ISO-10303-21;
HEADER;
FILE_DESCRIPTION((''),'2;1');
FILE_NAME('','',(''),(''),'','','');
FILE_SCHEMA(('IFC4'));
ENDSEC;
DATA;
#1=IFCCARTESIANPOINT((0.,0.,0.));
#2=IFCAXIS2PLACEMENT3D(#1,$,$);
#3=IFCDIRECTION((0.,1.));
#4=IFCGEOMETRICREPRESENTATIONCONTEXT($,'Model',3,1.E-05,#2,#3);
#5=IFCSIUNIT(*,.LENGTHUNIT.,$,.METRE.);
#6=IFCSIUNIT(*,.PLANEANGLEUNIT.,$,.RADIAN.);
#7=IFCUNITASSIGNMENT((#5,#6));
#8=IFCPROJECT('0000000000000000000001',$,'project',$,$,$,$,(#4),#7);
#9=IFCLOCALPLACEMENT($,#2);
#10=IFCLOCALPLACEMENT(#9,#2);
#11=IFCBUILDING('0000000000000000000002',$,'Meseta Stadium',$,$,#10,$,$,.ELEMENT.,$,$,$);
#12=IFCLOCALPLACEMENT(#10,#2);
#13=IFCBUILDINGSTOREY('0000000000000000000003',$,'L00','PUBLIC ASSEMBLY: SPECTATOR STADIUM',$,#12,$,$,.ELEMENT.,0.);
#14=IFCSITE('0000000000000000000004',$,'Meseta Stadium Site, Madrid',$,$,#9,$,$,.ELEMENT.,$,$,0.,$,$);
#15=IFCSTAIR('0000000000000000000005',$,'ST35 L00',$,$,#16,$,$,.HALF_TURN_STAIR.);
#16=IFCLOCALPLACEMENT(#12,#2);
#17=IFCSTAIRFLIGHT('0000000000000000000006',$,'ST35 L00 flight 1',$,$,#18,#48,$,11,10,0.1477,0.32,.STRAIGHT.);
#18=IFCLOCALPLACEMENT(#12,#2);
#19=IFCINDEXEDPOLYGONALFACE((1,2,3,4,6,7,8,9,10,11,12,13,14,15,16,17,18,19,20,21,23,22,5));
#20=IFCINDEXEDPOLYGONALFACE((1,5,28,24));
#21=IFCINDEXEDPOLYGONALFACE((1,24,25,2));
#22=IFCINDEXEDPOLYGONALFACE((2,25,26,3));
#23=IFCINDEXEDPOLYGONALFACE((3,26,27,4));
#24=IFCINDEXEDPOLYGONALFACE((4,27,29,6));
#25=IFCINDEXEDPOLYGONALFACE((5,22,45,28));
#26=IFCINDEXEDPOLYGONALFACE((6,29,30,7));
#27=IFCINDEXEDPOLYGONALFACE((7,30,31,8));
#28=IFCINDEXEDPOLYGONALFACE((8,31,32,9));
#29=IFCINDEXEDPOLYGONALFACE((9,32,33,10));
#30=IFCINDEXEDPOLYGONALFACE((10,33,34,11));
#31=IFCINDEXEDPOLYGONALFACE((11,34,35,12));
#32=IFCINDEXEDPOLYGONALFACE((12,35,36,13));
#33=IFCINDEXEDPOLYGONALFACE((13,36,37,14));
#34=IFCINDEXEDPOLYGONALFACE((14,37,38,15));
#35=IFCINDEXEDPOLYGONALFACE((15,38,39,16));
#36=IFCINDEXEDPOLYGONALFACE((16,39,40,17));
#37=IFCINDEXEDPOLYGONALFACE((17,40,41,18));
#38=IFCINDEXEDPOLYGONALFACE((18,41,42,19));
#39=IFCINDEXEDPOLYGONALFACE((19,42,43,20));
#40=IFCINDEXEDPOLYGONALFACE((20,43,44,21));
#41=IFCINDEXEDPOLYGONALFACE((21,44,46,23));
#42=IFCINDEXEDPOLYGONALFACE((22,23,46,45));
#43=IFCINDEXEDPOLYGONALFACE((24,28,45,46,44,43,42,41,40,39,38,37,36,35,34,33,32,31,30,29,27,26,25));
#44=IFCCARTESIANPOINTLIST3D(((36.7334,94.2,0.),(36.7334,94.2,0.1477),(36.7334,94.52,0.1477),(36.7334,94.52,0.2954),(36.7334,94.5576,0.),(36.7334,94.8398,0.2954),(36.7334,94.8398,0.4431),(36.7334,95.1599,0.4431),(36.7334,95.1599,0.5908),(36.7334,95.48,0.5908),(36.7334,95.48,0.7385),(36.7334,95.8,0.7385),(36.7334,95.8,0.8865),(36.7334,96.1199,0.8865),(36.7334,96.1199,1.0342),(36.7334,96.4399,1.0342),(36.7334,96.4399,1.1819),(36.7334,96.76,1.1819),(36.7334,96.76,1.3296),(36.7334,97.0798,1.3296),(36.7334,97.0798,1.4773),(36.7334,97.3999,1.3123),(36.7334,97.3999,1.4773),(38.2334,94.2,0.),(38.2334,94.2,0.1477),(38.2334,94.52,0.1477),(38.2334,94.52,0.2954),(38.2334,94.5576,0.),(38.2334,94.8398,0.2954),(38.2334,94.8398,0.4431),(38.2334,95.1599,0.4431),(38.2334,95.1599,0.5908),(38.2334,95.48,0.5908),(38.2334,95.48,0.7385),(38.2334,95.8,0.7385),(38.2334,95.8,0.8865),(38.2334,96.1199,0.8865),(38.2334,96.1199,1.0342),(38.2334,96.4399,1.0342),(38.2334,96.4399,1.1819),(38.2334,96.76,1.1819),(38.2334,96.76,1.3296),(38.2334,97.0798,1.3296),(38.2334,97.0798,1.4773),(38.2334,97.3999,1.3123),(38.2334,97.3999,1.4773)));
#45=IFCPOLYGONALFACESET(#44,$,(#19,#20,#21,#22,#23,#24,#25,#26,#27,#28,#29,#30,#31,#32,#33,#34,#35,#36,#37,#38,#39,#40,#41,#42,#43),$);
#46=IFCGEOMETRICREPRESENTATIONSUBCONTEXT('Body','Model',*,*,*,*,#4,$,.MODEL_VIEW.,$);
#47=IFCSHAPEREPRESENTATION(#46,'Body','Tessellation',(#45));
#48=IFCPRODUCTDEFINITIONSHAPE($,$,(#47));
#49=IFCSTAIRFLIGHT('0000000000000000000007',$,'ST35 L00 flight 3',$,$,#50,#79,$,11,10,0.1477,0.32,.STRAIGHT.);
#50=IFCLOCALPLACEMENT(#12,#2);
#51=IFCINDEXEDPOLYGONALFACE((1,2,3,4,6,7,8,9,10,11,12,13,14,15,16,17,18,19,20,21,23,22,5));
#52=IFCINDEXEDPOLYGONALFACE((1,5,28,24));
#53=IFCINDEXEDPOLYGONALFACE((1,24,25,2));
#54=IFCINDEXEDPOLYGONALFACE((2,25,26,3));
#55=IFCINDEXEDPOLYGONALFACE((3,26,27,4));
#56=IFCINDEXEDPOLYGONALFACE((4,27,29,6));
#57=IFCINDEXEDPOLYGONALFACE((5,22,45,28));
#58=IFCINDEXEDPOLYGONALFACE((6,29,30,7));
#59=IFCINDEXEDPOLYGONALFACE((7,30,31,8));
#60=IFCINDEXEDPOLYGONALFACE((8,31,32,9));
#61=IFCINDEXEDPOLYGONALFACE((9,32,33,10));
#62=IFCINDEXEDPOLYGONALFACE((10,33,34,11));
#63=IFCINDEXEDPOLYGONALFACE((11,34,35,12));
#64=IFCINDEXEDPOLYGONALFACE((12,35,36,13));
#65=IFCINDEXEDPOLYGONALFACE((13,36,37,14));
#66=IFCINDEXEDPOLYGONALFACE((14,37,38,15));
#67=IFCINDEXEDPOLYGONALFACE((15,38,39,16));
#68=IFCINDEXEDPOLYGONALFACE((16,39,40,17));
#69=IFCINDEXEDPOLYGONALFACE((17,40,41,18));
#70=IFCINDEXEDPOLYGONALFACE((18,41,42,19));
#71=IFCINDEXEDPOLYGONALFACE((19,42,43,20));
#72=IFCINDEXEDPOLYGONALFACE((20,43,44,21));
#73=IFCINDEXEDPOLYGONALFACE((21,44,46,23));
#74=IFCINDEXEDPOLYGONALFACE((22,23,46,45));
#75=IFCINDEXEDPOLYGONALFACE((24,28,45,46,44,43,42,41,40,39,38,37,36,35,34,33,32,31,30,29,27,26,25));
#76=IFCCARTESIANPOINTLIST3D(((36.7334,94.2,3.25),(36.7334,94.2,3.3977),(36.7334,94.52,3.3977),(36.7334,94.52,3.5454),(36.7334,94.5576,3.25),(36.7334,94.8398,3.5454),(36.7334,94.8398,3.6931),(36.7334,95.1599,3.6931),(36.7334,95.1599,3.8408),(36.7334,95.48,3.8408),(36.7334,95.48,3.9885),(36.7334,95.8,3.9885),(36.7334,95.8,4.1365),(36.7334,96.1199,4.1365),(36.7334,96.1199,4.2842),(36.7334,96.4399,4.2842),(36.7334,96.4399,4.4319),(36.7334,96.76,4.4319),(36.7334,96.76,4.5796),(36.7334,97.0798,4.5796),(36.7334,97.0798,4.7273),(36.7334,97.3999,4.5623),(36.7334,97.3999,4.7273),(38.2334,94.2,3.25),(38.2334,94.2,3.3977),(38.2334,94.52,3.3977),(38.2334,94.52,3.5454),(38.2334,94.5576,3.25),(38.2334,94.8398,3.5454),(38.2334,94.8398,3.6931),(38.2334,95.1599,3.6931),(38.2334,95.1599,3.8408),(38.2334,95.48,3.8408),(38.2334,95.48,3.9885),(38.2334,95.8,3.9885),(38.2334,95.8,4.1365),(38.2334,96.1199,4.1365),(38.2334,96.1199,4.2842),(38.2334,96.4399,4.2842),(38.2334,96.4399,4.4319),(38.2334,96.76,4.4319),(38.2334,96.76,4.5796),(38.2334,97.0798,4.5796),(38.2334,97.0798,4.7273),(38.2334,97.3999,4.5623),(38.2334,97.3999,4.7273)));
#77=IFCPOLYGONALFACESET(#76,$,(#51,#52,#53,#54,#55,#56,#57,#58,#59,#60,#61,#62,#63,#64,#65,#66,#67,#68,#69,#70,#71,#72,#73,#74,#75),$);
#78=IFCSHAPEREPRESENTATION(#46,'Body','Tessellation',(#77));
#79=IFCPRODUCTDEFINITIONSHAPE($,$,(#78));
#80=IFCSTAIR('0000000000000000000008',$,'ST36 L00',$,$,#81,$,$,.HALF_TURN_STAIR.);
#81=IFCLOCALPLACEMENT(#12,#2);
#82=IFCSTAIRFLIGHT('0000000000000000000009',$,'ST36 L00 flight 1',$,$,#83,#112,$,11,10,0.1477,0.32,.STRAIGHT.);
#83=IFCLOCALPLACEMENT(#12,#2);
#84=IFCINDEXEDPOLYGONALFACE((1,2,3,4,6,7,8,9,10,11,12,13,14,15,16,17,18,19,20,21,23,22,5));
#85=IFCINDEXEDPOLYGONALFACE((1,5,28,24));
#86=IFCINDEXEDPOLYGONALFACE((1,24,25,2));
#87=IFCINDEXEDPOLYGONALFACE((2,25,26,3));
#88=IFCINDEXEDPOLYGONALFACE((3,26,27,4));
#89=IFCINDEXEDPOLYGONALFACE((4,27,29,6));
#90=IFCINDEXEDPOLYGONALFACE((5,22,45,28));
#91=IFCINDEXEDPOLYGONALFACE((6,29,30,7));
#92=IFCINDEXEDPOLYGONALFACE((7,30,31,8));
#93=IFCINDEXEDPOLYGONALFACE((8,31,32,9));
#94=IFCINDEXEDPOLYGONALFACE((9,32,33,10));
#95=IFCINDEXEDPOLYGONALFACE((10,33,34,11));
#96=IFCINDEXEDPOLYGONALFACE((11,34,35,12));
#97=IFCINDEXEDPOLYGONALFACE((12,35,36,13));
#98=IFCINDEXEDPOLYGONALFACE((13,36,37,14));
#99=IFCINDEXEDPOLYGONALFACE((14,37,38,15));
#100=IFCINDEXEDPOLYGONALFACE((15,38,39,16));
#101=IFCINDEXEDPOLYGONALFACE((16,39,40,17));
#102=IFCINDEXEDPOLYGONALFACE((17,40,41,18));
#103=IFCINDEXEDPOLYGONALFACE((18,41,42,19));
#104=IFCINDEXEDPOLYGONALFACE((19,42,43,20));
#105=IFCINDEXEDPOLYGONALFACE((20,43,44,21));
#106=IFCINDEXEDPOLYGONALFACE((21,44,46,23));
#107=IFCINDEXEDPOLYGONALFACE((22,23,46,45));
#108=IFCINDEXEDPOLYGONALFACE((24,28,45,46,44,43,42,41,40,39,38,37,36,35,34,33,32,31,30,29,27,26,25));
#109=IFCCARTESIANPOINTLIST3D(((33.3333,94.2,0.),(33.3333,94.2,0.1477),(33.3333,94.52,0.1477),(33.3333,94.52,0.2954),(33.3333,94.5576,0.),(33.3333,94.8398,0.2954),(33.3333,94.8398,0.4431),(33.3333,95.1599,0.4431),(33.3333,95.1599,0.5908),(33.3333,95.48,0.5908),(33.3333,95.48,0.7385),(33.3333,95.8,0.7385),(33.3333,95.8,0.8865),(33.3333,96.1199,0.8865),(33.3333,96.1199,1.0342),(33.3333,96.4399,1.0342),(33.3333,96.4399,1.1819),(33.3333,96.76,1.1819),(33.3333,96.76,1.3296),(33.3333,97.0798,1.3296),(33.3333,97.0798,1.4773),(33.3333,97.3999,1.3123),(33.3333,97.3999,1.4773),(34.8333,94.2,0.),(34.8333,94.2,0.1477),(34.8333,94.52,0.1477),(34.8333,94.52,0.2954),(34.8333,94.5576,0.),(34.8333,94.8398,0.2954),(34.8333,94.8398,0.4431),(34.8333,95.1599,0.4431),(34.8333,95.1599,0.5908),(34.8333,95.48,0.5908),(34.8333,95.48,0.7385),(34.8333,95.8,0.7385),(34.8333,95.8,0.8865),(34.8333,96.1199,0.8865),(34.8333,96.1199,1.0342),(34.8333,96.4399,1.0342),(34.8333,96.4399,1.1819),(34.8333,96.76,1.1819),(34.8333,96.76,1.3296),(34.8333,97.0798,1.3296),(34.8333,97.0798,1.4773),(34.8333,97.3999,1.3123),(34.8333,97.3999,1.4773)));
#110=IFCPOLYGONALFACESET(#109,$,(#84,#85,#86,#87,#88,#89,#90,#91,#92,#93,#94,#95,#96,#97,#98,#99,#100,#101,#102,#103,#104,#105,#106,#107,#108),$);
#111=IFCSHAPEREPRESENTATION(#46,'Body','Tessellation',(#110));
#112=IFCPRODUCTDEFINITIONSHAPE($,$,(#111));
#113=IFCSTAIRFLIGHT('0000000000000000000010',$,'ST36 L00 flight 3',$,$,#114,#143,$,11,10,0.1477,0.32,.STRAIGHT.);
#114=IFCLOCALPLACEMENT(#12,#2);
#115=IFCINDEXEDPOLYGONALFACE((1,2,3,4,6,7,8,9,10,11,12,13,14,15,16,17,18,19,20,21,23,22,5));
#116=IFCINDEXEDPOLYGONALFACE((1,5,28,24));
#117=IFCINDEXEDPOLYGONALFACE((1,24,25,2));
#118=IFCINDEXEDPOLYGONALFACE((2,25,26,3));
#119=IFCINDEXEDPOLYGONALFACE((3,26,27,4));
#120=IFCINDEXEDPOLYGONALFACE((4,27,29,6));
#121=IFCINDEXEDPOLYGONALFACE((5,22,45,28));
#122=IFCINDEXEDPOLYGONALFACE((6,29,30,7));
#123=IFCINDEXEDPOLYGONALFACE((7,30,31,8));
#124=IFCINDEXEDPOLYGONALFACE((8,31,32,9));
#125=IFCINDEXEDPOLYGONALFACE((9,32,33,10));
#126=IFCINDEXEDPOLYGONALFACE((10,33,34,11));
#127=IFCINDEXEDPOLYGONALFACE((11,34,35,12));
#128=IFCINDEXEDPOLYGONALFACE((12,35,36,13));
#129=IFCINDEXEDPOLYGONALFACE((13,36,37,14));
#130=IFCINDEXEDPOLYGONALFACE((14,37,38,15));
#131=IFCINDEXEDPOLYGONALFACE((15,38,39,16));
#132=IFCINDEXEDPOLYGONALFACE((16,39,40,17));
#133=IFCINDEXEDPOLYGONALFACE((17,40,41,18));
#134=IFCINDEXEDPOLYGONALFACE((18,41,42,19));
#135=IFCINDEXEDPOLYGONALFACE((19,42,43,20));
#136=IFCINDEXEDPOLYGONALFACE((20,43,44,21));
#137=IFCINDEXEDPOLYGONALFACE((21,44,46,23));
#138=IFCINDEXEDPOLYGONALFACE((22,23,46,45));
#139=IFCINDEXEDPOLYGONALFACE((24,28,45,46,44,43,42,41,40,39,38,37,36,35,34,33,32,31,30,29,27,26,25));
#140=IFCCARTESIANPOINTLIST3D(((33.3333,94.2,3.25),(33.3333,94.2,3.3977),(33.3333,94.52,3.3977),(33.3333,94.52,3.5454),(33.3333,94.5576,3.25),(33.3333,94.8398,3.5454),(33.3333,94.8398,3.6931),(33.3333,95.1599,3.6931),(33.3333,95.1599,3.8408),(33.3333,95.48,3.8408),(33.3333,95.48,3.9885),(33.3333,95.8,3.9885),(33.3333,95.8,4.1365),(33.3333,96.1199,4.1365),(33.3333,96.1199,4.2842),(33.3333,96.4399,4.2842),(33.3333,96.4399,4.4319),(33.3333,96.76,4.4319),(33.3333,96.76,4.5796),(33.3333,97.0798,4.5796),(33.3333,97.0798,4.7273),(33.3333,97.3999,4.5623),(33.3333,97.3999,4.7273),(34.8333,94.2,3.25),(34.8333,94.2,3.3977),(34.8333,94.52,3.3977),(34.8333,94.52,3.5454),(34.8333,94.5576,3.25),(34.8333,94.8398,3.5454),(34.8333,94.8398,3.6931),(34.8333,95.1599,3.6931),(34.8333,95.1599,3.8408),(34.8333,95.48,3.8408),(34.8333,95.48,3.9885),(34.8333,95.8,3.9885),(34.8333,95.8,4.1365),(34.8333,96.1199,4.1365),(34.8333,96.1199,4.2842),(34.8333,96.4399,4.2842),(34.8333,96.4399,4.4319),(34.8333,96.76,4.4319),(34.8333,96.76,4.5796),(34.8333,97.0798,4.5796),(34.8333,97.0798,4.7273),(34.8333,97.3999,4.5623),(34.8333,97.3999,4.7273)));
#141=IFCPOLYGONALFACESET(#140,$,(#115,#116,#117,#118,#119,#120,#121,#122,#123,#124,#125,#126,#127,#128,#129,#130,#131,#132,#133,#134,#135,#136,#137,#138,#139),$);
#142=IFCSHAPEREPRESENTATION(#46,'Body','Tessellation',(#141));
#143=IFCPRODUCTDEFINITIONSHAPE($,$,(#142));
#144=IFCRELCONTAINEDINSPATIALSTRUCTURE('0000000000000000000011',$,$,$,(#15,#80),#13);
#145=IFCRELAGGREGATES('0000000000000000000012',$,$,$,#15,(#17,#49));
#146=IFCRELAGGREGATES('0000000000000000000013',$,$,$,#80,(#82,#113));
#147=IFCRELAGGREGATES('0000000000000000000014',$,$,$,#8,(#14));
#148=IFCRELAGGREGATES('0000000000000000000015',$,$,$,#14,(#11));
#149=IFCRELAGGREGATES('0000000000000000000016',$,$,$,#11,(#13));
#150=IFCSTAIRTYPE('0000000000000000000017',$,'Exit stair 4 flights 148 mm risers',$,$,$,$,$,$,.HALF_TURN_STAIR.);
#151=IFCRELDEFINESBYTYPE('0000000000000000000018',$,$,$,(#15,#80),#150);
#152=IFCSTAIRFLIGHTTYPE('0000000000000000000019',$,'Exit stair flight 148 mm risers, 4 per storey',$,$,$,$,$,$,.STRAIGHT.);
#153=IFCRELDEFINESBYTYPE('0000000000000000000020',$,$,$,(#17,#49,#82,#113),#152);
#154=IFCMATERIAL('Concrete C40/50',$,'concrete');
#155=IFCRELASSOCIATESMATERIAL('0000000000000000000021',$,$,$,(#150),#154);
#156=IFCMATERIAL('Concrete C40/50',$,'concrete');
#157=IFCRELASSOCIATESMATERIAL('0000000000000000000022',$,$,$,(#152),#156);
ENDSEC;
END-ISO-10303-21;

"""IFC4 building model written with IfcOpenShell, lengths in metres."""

from ifc_helpers import new_model, si_unit, direction, frame, origin, place, context, subcontext, project, spatial, polyline, outline, extrude, material, type_object, element, aggregate, save


model = new_model("IFC4")

# Units and contexts
model_context = context("Model", 3, precision=1e-05, world=origin(), true_north=direction((0.0, 1.0)))
body_context = subcontext(model_context, "Body", "Model", "MODEL_VIEW")
ifc_project = project(units=[si_unit("LENGTHUNIT", "METRE"), si_unit("PLANEANGLEUNIT", "RADIAN")], contexts=[model_context])

# Site, building, storey
site_placement = place(None, origin())
site = spatial("IfcSite", under=ifc_project, at=site_placement, Name="Meseta Stadium Site, Madrid", CompositionType="ELEMENT", RefElevation=0.0)
building_placement = place(site_placement, origin())
building = spatial("IfcBuilding", under=site, at=building_placement, Name="Meseta Stadium", CompositionType="ELEMENT")
storey_placement = place(building_placement, origin())
storey = spatial("IfcBuildingStorey", under=building, at=storey_placement, Name="L00", Description="PUBLIC ASSEMBLY: SPECTATOR STADIUM", CompositionType="ELEMENT", Elevation=0.0)

# Stairs, stair flights
ifc_material_1 = material(Name="Concrete C40/50", Category="concrete")
stair_type = type_object("IfcStairType", Name="Exit stair 4 flights 148 mm risers", PredefinedType="HALF_TURN_STAIR", material=ifc_material_1)
stair_1_placement = place(storey_placement, origin())
stair_1 = element("IfcStair", 1, at=stair_1_placement, inside=storey, type_object=stair_type, Name="ST35 L00", PredefinedType="HALF_TURN_STAIR")
ifc_material_2 = material(Name="Concrete C40/50", Category="concrete")
stair_flight_type = type_object("IfcStairFlightType", Name="Exit stair flight 148 mm risers, 4 per storey", PredefinedType="STRAIGHT", material=ifc_material_2)
stair_flight_1_placement = place(storey_placement, frame((37.4834, 94.2, 0.0), z_axis=(0.0, 0.0, 1.0), x_axis=(0.0, 1.0, 0.0)))
stair_flight_1 = element("IfcStairFlight", 2, at=stair_flight_1_placement, type_object=stair_flight_type, Name="ST35 L00 flight 1", NumberOfRisers=11, NumberOfTreads=10, PredefinedType="STRAIGHT", RiserHeight=0.1477, TreadLength=0.32, context=body_context, shape_type="SweptSolid", body=[
    extrude(outline(polyline([(0.0, 0.0), (0.0, 0.1477), (0.3201, 0.1477), (0.3201, 0.2954), (0.6399, 0.2954), (0.6399, 0.4431), (0.96, 0.4431), (0.96, 0.5908), (1.28, 0.5908), (1.28, 0.7385), (1.6001, 0.7385), (1.6001, 0.8865), (1.9199, 0.8865), (1.9199, 1.0342), (2.24, 1.0342), (2.24, 1.1819), (2.5601, 1.1819), (2.5601, 1.3296), (2.8799, 1.3296), (2.8799, 1.4773), (3.2, 1.4773), (3.2, 1.3123), (0.3577, 0.0), (0.0, 0.0)])), frame((0.0, 0.75, 0.0), z_axis=(0.0, -1.0, 0.0), x_axis=(1.0, 0.0, 0.0)), (0.0, 0.0, 1.0), 1.5),
])
stair_flight_2_placement = place(storey_placement, frame((37.4834, 94.2, 3.25), z_axis=(0.0, 0.0, 1.0), x_axis=(0.0, 1.0, 0.0)))
stair_flight_2 = element("IfcStairFlight", 3, at=stair_flight_2_placement, type_object=stair_flight_type, Name="ST35 L00 flight 3", NumberOfRisers=11, NumberOfTreads=10, PredefinedType="STRAIGHT", RiserHeight=0.1477, TreadLength=0.32, context=body_context, shape_type="SweptSolid", body=[
    extrude(outline(polyline([(0.0, 0.0), (0.0, 0.1477), (0.3201, 0.1477), (0.3201, 0.2954), (0.6399, 0.2954), (0.6399, 0.4431), (0.96, 0.4431), (0.96, 0.5908), (1.28, 0.5908), (1.28, 0.7385), (1.6001, 0.7385), (1.6001, 0.8865), (1.9199, 0.8865), (1.9199, 1.0342), (2.24, 1.0342), (2.24, 1.1819), (2.5601, 1.1819), (2.5601, 1.3296), (2.8799, 1.3296), (2.8799, 1.4773), (3.2, 1.4773), (3.2, 1.3123), (0.3577, 0.0), (0.0, 0.0)])), frame((0.0, 0.75, 0.0), z_axis=(0.0, -1.0, 0.0), x_axis=(1.0, 0.0, 0.0)), (0.0, 0.0, 1.0), 1.5),
])
aggregate(stair_1, [stair_flight_1, stair_flight_2])
stair_2_placement = place(storey_placement, origin())
stair_2 = element("IfcStair", 4, at=stair_2_placement, inside=storey, type_object=stair_type, Name="ST36 L00", PredefinedType="HALF_TURN_STAIR")
stair_flight_3_placement = place(storey_placement, frame((34.0833, 94.2, 0.0), z_axis=(0.0, 0.0, 1.0), x_axis=(0.0, 1.0, 0.0)))
stair_flight_3 = element("IfcStairFlight", 5, at=stair_flight_3_placement, type_object=stair_flight_type, Name="ST36 L00 flight 1", NumberOfRisers=11, NumberOfTreads=10, PredefinedType="STRAIGHT", RiserHeight=0.1477, TreadLength=0.32, context=body_context, shape_type="SweptSolid", body=[
    extrude(outline(polyline([(0.0, 0.0), (0.0, 0.1477), (0.3201, 0.1477), (0.3201, 0.2954), (0.6399, 0.2954), (0.6399, 0.4431), (0.96, 0.4431), (0.96, 0.5908), (1.28, 0.5908), (1.28, 0.7385), (1.6001, 0.7385), (1.6001, 0.8865), (1.9199, 0.8865), (1.9199, 1.0342), (2.24, 1.0342), (2.24, 1.1819), (2.5601, 1.1819), (2.5601, 1.3296), (2.8799, 1.3296), (2.8799, 1.4773), (3.2, 1.4773), (3.2, 1.3123), (0.3577, 0.0), (0.0, 0.0)])), frame((0.0, 0.75, 0.0), z_axis=(0.0, -1.0, 0.0), x_axis=(1.0, 0.0, 0.0)), (0.0, 0.0, 1.0), 1.5),
])
stair_flight_4_placement = place(storey_placement, frame((34.0833, 94.2, 3.25), z_axis=(0.0, 0.0, 1.0), x_axis=(0.0, 1.0, 0.0)))
stair_flight_4 = element("IfcStairFlight", 6, at=stair_flight_4_placement, type_object=stair_flight_type, Name="ST36 L00 flight 3", NumberOfRisers=11, NumberOfTreads=10, PredefinedType="STRAIGHT", RiserHeight=0.1477, TreadLength=0.32, context=body_context, shape_type="SweptSolid", body=[
    extrude(outline(polyline([(0.0, 0.0), (0.0, 0.1477), (0.3201, 0.1477), (0.3201, 0.2954), (0.6399, 0.2954), (0.6399, 0.4431), (0.96, 0.4431), (0.96, 0.5908), (1.28, 0.5908), (1.28, 0.7385), (1.6001, 0.7385), (1.6001, 0.8865), (1.9199, 0.8865), (1.9199, 1.0342), (2.24, 1.0342), (2.24, 1.1819), (2.5601, 1.1819), (2.5601, 1.3296), (2.8799, 1.3296), (2.8799, 1.4773), (3.2, 1.4773), (3.2, 1.3123), (0.3577, 0.0), (0.0, 0.0)])), frame((0.0, 0.75, 0.0), z_axis=(0.0, -1.0, 0.0), x_axis=(1.0, 0.0, 0.0)), (0.0, 0.0, 1.0), 1.5),
])
aggregate(stair_2, [stair_flight_3, stair_flight_4])

save(model, "model.ifc")
